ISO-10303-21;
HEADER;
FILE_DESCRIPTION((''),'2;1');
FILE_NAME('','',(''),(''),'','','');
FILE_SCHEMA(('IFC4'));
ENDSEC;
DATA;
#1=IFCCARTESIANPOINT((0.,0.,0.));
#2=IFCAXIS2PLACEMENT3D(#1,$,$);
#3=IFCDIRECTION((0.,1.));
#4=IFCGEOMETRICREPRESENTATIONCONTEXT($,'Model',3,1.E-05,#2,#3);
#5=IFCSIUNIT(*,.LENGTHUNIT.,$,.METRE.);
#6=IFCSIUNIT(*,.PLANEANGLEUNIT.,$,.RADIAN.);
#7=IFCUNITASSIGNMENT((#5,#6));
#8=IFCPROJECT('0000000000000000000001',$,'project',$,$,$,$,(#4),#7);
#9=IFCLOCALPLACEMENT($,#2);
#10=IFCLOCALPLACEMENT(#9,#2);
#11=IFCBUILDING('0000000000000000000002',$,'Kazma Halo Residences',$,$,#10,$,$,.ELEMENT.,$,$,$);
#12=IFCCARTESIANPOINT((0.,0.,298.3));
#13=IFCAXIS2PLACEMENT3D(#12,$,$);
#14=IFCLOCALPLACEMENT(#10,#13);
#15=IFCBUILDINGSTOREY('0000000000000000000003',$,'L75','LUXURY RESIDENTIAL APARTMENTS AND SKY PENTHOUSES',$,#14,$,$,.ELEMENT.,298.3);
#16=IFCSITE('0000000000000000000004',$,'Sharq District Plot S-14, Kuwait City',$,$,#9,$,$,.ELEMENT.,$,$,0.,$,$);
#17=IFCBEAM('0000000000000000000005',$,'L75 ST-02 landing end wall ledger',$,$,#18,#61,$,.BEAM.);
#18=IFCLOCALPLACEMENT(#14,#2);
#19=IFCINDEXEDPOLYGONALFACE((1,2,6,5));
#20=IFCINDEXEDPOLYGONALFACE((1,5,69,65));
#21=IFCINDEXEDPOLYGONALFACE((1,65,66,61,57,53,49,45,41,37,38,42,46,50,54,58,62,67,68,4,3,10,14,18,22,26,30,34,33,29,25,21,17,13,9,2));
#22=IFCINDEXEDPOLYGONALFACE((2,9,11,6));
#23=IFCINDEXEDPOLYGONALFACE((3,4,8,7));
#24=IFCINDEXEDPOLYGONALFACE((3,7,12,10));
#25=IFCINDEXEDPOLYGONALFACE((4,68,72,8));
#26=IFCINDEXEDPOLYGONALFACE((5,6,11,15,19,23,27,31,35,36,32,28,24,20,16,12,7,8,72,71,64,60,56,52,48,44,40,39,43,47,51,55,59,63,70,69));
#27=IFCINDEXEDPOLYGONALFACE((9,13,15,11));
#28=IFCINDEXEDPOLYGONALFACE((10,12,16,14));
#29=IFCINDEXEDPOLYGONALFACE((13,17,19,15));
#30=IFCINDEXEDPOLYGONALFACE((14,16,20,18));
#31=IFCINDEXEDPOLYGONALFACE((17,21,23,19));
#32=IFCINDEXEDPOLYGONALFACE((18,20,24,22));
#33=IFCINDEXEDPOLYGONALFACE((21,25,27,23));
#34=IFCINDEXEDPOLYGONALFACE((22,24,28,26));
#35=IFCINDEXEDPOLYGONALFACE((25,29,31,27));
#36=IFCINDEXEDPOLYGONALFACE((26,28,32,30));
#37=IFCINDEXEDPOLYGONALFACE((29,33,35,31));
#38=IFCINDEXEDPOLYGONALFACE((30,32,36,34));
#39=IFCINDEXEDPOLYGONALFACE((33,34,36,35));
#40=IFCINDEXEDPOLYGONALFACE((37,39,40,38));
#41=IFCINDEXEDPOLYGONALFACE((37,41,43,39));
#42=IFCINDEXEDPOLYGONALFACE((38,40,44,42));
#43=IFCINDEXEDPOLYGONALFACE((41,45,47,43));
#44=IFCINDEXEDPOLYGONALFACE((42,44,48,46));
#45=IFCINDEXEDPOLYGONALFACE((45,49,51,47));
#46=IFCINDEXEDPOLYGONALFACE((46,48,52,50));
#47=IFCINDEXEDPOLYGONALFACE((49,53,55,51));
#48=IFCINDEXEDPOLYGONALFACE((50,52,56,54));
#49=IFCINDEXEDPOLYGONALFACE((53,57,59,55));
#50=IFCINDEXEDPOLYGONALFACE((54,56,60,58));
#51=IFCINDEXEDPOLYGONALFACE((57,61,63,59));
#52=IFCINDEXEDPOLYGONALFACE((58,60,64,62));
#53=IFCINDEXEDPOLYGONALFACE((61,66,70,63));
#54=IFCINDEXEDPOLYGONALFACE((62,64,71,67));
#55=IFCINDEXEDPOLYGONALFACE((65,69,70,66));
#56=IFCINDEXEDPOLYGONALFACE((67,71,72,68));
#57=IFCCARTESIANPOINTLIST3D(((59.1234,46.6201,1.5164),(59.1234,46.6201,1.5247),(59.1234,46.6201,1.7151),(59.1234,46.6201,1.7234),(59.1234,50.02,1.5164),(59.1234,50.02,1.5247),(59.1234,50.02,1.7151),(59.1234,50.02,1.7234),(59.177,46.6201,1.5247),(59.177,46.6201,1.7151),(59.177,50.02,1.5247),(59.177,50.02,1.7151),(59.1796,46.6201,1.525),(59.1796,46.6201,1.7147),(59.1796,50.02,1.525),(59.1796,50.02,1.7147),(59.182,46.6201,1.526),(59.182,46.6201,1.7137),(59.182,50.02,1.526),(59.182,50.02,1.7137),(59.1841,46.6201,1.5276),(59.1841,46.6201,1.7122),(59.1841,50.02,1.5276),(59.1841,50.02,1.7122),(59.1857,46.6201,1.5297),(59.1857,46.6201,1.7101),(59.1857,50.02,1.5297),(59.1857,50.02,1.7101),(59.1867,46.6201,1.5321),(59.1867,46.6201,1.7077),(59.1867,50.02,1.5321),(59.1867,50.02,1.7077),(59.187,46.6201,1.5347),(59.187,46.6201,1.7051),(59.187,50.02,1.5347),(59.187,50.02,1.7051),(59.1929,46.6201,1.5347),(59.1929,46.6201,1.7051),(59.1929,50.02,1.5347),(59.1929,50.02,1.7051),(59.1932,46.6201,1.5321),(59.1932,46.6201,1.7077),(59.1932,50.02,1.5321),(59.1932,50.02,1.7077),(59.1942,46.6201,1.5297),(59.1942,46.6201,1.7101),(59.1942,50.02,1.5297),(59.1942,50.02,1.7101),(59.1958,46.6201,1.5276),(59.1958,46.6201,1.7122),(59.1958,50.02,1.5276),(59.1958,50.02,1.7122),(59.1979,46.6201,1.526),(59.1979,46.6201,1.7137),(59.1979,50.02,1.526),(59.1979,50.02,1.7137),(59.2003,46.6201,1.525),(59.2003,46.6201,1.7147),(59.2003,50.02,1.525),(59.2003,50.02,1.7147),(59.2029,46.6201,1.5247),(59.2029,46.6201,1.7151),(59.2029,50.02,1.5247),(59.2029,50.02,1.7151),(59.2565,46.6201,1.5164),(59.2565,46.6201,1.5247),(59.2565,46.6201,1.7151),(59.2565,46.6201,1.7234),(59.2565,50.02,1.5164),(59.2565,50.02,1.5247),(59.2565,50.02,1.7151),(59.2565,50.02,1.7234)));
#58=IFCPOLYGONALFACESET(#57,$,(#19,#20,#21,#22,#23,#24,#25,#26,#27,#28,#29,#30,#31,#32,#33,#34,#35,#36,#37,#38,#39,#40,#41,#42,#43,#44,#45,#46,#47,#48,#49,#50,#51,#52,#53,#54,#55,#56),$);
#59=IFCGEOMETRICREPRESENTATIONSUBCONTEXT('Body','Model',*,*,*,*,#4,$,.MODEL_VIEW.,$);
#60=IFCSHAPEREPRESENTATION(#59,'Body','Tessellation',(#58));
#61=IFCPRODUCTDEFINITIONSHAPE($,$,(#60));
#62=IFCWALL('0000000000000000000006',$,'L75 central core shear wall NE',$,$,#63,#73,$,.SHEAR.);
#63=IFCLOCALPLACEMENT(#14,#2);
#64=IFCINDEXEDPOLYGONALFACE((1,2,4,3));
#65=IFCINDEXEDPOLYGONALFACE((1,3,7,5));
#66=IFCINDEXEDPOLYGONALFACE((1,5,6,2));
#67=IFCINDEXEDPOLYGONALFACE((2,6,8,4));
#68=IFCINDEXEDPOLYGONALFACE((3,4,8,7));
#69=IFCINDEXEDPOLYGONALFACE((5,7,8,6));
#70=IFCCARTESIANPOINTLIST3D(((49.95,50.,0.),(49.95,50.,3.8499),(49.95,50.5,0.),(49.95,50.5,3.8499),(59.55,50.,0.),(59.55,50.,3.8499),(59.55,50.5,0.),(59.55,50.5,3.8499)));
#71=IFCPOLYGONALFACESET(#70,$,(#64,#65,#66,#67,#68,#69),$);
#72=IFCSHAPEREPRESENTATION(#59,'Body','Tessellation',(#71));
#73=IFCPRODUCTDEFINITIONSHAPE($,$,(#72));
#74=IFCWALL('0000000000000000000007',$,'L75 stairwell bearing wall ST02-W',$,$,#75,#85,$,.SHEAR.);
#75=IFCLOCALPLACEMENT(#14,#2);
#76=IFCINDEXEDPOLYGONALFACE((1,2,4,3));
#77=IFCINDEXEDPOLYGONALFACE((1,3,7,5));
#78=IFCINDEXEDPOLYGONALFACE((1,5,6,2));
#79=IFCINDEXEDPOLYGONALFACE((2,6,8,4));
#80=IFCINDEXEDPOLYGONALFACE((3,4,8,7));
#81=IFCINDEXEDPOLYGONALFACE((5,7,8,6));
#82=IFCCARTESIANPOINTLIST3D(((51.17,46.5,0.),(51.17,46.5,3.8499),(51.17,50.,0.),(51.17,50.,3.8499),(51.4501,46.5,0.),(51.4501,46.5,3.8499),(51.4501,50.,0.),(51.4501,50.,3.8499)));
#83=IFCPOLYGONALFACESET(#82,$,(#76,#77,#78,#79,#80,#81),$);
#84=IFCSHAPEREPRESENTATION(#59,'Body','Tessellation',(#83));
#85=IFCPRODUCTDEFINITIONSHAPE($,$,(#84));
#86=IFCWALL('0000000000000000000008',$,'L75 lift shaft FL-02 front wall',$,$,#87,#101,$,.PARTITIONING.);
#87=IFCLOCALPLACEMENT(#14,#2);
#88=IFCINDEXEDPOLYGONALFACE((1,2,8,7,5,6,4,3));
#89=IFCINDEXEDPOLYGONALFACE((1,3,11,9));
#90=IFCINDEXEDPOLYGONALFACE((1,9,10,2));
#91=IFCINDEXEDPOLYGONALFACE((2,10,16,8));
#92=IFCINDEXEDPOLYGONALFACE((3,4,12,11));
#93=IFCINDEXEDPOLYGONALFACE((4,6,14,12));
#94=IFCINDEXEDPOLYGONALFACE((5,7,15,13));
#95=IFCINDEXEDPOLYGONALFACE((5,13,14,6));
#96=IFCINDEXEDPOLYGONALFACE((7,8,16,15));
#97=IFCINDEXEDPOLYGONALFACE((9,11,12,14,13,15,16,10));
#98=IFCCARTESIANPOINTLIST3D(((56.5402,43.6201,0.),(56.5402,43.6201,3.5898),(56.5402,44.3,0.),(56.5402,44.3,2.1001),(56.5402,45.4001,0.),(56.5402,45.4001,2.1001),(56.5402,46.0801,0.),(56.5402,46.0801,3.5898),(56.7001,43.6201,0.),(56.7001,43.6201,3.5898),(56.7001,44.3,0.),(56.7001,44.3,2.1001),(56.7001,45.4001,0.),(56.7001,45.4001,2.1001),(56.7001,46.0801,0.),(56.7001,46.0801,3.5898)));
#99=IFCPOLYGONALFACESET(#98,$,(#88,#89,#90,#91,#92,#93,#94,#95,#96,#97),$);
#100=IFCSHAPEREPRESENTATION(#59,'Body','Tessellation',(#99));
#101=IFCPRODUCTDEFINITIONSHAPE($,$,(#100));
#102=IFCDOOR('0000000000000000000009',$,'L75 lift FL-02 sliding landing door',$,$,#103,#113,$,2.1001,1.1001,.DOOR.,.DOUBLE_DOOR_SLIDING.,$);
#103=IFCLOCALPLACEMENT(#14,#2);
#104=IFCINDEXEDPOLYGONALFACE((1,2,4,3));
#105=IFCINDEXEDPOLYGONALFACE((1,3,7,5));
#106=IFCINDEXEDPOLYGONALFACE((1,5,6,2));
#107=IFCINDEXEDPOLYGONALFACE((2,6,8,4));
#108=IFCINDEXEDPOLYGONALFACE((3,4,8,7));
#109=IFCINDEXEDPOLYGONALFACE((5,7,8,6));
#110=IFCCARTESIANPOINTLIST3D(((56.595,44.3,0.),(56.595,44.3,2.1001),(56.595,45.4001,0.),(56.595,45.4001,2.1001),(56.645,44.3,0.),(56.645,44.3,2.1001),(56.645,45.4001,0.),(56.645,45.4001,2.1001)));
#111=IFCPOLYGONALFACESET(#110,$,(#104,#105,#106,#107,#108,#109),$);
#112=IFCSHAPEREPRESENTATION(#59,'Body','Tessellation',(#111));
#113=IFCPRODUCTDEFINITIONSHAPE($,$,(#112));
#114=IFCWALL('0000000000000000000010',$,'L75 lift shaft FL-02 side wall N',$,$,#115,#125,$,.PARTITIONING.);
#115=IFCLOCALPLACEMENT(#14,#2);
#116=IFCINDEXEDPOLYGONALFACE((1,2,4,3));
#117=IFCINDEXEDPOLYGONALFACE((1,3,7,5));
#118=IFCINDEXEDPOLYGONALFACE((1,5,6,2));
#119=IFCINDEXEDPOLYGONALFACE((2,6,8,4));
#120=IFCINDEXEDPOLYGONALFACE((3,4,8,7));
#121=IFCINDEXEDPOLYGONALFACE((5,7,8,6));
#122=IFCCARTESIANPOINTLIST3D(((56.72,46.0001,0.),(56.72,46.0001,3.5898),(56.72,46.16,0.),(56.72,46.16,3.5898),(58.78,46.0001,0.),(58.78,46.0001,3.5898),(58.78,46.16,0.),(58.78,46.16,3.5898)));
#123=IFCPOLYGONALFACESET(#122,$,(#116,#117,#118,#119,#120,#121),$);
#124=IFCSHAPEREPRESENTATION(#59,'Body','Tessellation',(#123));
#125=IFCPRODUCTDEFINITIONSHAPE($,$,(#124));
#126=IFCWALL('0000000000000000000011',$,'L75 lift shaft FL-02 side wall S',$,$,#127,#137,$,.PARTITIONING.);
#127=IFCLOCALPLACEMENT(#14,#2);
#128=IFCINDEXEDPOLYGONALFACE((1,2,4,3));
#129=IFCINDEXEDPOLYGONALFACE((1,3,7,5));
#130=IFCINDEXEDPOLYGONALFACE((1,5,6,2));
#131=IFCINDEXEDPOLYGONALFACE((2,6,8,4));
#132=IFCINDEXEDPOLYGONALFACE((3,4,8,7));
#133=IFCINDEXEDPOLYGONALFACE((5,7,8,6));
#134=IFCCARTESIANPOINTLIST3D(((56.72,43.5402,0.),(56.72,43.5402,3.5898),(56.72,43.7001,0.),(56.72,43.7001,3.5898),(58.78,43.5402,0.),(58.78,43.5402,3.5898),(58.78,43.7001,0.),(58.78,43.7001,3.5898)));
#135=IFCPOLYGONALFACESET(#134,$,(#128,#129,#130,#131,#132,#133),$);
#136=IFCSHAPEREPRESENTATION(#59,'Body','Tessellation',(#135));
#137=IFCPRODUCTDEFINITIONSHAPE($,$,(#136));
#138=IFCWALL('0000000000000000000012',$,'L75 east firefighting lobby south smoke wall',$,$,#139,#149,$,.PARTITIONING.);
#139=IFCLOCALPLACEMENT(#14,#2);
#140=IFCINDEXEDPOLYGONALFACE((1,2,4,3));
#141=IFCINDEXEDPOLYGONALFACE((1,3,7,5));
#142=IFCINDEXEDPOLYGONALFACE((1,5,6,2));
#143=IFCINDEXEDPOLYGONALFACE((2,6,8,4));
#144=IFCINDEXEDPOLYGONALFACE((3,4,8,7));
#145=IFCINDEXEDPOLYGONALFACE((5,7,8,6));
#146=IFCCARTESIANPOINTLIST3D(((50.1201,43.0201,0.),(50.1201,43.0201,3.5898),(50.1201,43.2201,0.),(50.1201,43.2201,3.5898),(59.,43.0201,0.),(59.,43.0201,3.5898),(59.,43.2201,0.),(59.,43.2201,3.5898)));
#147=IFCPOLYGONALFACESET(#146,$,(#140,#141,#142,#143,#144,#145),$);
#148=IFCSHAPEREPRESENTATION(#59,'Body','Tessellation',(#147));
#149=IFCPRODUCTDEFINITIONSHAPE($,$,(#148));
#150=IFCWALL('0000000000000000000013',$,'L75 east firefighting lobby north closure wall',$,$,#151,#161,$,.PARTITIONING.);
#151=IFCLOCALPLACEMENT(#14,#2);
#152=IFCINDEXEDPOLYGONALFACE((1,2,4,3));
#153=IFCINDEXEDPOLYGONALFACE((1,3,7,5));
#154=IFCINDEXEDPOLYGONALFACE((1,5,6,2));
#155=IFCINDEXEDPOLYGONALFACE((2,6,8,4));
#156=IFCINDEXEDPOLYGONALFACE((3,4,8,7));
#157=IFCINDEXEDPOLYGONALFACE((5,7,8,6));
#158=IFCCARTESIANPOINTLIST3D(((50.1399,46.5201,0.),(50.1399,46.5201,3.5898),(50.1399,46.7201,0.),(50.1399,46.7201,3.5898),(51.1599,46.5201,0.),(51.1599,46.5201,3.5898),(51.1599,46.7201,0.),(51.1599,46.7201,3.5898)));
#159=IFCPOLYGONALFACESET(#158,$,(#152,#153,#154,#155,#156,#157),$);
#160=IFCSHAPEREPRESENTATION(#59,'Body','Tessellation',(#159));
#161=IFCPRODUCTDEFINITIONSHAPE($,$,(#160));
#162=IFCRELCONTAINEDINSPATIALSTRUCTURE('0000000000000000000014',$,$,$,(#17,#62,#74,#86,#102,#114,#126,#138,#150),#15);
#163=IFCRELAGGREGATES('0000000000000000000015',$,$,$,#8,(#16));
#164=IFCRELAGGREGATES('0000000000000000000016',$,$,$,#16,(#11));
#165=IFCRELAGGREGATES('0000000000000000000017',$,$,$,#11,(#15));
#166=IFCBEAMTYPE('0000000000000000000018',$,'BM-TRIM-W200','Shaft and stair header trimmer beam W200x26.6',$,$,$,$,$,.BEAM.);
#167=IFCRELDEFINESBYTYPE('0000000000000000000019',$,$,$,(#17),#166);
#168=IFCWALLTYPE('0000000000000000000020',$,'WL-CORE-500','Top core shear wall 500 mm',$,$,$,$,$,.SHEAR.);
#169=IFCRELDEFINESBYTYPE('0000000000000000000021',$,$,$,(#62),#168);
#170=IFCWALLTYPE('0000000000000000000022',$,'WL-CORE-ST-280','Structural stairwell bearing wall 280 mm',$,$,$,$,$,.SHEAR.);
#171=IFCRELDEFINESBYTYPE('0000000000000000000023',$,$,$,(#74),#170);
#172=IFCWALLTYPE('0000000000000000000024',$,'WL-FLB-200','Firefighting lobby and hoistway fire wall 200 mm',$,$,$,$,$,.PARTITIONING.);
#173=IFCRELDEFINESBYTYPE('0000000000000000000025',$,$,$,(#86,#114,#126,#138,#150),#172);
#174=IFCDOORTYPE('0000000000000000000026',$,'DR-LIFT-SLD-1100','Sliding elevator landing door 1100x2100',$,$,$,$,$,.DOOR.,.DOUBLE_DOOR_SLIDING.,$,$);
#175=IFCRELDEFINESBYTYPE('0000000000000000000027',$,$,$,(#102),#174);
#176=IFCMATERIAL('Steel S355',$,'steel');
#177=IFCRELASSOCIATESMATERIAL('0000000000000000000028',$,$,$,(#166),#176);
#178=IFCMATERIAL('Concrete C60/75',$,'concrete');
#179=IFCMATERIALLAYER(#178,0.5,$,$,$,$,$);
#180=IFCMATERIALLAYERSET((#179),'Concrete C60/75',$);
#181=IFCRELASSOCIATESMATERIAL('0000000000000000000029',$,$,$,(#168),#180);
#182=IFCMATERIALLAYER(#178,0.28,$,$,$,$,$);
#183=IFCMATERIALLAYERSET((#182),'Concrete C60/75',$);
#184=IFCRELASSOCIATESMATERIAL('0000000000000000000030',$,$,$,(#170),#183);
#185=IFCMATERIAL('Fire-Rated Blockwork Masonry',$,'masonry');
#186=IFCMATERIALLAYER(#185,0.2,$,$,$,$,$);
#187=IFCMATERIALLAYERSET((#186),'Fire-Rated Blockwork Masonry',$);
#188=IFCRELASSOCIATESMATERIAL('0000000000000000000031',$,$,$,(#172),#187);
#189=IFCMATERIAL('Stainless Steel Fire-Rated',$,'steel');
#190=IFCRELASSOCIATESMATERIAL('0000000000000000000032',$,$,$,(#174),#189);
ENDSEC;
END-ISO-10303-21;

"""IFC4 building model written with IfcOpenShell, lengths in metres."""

from ifc_helpers import new_model, si_unit, direction, frame, frame_2d, origin, origin_2d, place, context, subcontext, project, spatial, rectangle, i_section, extrude, material, layer, layer_set, material_profile, profile_set, type_object, element, fill, save


model = new_model("IFC4")

# Units and contexts
model_context = context("Model", 3, precision=1e-05, world=origin(), true_north=direction((0.0, 1.0)))
body_context = subcontext(model_context, "Body", "Model", "MODEL_VIEW")
ifc_project = project(units=[si_unit("LENGTHUNIT", "METRE"), si_unit("PLANEANGLEUNIT", "RADIAN")], contexts=[model_context])

# Site, building, storey
site_placement = place(None, origin())
site = spatial("IfcSite", under=ifc_project, at=site_placement, Name="Sharq District Plot S-14, Kuwait City", CompositionType="ELEMENT", RefElevation=0.0)
building_placement = place(site_placement, origin())
building = spatial("IfcBuilding", under=site, at=building_placement, Name="Kazma Halo Residences", CompositionType="ELEMENT")
storey_placement = place(building_placement, frame((0.0, 0.0, 298.3)))
storey = spatial("IfcBuildingStorey", under=building, at=storey_placement, Name="L75", Description="LUXURY RESIDENTIAL APARTMENTS AND SKY PENTHOUSES", CompositionType="ELEMENT", Elevation=298.3)

# Shared definitions
ifc_material_1 = material(Name="Steel S355", Category="steel")

# Beam
ifc_material_profile_1 = material_profile(ifc_material_1, i_section(OverallWidth=0.1331, OverallDepth=0.207, WebThickness=0.0059, FlangeThickness=0.0083, FilletRadius=0.01, at=origin_2d()), Name="W200x26.6")
ifc_profile_set_1 = profile_set([ifc_material_profile_1], Name="Steel S355")
beam_type_1 = type_object("IfcBeamType", Name="BM-TRIM-W200", Description="Shaft and stair header trimmer beam W200x26.6", PredefinedType="BEAM", material=ifc_profile_set_1)
beam_1_placement = place(storey_placement, frame((59.1899, 46.6201, 1.6199), z_axis=(0.0, 1.0, 0.0), x_axis=(-1.0, 0.0, 0.0)))
element("IfcBeam", 1, at=beam_1_placement, inside=storey, type_object=beam_type_1, Name="L75 ST-02 landing end wall ledger", PredefinedType="BEAM", context=body_context, shape_type="SweptSolid", body=[
    extrude(i_section(OverallWidth=0.1331, OverallDepth=0.207, WebThickness=0.0059, FlangeThickness=0.0083, FilletRadius=0.01, at=origin_2d()), origin(), (0.0, 0.0, 1.0), 3.3999),
])

# Walls
ifc_material_2 = material(Name="Concrete C60/75", Category="concrete")
ifc_layer_1 = layer(ifc_material_2, 0.5)
ifc_layer_set_1 = layer_set([ifc_layer_1], Name="Concrete C60/75")
wall_type_1 = type_object("IfcWallType", Name="WL-CORE-500", Description="Top core shear wall 500 mm", PredefinedType="SHEAR", material=ifc_layer_set_1)
wall_1_placement = place(storey_placement, frame((49.95, 50.25, 0.0), z_axis=(0.0, 0.0, 1.0), x_axis=(1.0, 0.0, 0.0)))
element("IfcWall", 2, at=wall_1_placement, inside=storey, type_object=wall_type_1, Name="L75 central core shear wall NE", PredefinedType="SHEAR", context=body_context, shape_type="SweptSolid", body=[
    extrude(rectangle(XDim=9.6001, YDim=0.5, at=frame_2d((4.8, 0.0))), origin(), (0.0, 0.0, 1.0), 3.8499),
])
ifc_layer_2 = layer(ifc_material_2, 0.28)
ifc_layer_set_2 = layer_set([ifc_layer_2], Name="Concrete C60/75")
wall_type_2 = type_object("IfcWallType", Name="WL-CORE-ST-280", Description="Structural stairwell bearing wall 280 mm", PredefinedType="SHEAR", material=ifc_layer_set_2)
wall_2_placement = place(storey_placement, frame((51.3101, 46.5, 0.0), z_axis=(0.0, 0.0, 1.0), x_axis=(0.0, 1.0, 0.0)))
element("IfcWall", 3, at=wall_2_placement, inside=storey, type_object=wall_type_2, Name="L75 stairwell bearing wall ST02-W", PredefinedType="SHEAR", context=body_context, shape_type="SweptSolid", body=[
    extrude(rectangle(XDim=3.5, YDim=0.28, at=frame_2d((1.75, 0.0))), origin(), (0.0, 0.0, 1.0), 3.8499),
])

# Wall, opening, door
ifc_material_3 = material(Name="Fire-Rated Blockwork Masonry", Category="masonry")
ifc_layer_3 = layer(ifc_material_3, 0.2)
ifc_layer_set_3 = layer_set([ifc_layer_3], Name="Fire-Rated Blockwork Masonry")
wall_type_3 = type_object("IfcWallType", Name="WL-FLB-200", Description="Firefighting lobby and hoistway fire wall 200 mm", PredefinedType="PARTITIONING", material=ifc_layer_set_3)
wall_3_placement = place(storey_placement, frame((56.6201, 46.0801, 0.0), z_axis=(0.0, 0.0, 1.0), x_axis=(0.0, -1.0, 0.0)))
wall_3 = element("IfcWall", 4, at=wall_3_placement, inside=storey, type_object=wall_type_3, Name="L75 lift shaft FL-02 front wall", PredefinedType="PARTITIONING", context=body_context, shape_type="SweptSolid", body=[
    extrude(rectangle(XDim=2.46, YDim=0.1599, at=frame_2d((1.23, 0.0))), origin(), (0.0, 0.0, 1.0), 3.5898),
])
opening_1_placement = place(wall_3_placement, frame((0.6799, 0.0, 0.0)))
opening_1 = element("IfcOpeningElement", 5, at=opening_1_placement, cuts=wall_3, PredefinedType="OPENING", context=body_context, shape_type="SweptSolid", body=[
    extrude(rectangle(XDim=1.1001, YDim=2.1001, at=frame_2d((0.55, 1.05))), frame((0.0, 0.0898, 0.0), z_axis=(0.0, -1.0, 0.0), x_axis=(1.0, 0.0, 0.0)), (0.0, 0.0, 1.0), 0.1799),
])
ifc_material_4 = material(Name="Stainless Steel Fire-Rated", Category="steel")
door_type_1 = type_object("IfcDoorType", Name="DR-LIFT-SLD-1100", Description="Sliding elevator landing door 1100x2100", OperationType="DOUBLE_DOOR_SLIDING", PredefinedType="DOOR", material=ifc_material_4)
door_1_placement = place(opening_1_placement, origin())
door_1 = element("IfcDoor", 6, at=door_1_placement, inside=storey, type_object=door_type_1, Name="L75 lift FL-02 sliding landing door", OperationType="DOUBLE_DOOR_SLIDING", OverallHeight=2.1001, OverallWidth=1.1001, PredefinedType="DOOR", context=body_context, shape_type="SweptSolid", body=[
    extrude(rectangle(XDim=1.1001, YDim=2.1001, at=frame_2d((0.55, 1.05))), frame((0.0, 0.0249, 0.0), z_axis=(0.0, -1.0, 0.0), x_axis=(1.0, 0.0, 0.0)), (0.0, 0.0, 1.0), 0.05),
])
fill(opening_1, door_1)

# Walls
for number, where, z_axis, x_axis, name in (
    (7, (56.72, 46.0801, 0.0), (0.0, 0.0, 1.0), (1.0, 0.0, 0.0), "L75 lift shaft FL-02 side wall N"),
    (8, (56.72, 43.6201, 0.0), (0.0, 0.0, 1.0), (1.0, 0.0, 0.0), "L75 lift shaft FL-02 side wall S"),
):
    element("IfcWall", number, at=place(storey_placement, frame(where, z_axis=z_axis, x_axis=x_axis)), inside=storey, type_object=wall_type_3, Name=name, PredefinedType="PARTITIONING", context=body_context, shape_type="SweptSolid", body=[
        extrude(rectangle(XDim=2.0601, YDim=0.1599, at=frame_2d((1.03, 0.0))), origin(), (0.0, 0.0, 1.0), 3.5898),
    ])
wall_4_placement = place(storey_placement, frame((50.1201, 43.1201, 0.0), z_axis=(0.0, 0.0, 1.0), x_axis=(1.0, 0.0, 0.0)))
element("IfcWall", 9, at=wall_4_placement, inside=storey, type_object=wall_type_3, Name="L75 east firefighting lobby south smoke wall", PredefinedType="PARTITIONING", context=body_context, shape_type="SweptSolid", body=[
    extrude(rectangle(XDim=8.8799, YDim=0.2, at=frame_2d((4.4399, 0.0))), origin(), (0.0, 0.0, 1.0), 3.5898),
])
wall_5_placement = place(storey_placement, frame((50.1399, 46.6201, 0.0), z_axis=(0.0, 0.0, 1.0), x_axis=(1.0, 0.0, 0.0)))
element("IfcWall", 10, at=wall_5_placement, inside=storey, type_object=wall_type_3, Name="L75 east firefighting lobby north closure wall", PredefinedType="PARTITIONING", context=body_context, shape_type="SweptSolid", body=[
    extrude(rectangle(XDim=1.02, YDim=0.2, at=frame_2d((0.51, 0.0))), origin(), (0.0, 0.0, 1.0), 3.5898),
])

save(model, "model.ifc")
